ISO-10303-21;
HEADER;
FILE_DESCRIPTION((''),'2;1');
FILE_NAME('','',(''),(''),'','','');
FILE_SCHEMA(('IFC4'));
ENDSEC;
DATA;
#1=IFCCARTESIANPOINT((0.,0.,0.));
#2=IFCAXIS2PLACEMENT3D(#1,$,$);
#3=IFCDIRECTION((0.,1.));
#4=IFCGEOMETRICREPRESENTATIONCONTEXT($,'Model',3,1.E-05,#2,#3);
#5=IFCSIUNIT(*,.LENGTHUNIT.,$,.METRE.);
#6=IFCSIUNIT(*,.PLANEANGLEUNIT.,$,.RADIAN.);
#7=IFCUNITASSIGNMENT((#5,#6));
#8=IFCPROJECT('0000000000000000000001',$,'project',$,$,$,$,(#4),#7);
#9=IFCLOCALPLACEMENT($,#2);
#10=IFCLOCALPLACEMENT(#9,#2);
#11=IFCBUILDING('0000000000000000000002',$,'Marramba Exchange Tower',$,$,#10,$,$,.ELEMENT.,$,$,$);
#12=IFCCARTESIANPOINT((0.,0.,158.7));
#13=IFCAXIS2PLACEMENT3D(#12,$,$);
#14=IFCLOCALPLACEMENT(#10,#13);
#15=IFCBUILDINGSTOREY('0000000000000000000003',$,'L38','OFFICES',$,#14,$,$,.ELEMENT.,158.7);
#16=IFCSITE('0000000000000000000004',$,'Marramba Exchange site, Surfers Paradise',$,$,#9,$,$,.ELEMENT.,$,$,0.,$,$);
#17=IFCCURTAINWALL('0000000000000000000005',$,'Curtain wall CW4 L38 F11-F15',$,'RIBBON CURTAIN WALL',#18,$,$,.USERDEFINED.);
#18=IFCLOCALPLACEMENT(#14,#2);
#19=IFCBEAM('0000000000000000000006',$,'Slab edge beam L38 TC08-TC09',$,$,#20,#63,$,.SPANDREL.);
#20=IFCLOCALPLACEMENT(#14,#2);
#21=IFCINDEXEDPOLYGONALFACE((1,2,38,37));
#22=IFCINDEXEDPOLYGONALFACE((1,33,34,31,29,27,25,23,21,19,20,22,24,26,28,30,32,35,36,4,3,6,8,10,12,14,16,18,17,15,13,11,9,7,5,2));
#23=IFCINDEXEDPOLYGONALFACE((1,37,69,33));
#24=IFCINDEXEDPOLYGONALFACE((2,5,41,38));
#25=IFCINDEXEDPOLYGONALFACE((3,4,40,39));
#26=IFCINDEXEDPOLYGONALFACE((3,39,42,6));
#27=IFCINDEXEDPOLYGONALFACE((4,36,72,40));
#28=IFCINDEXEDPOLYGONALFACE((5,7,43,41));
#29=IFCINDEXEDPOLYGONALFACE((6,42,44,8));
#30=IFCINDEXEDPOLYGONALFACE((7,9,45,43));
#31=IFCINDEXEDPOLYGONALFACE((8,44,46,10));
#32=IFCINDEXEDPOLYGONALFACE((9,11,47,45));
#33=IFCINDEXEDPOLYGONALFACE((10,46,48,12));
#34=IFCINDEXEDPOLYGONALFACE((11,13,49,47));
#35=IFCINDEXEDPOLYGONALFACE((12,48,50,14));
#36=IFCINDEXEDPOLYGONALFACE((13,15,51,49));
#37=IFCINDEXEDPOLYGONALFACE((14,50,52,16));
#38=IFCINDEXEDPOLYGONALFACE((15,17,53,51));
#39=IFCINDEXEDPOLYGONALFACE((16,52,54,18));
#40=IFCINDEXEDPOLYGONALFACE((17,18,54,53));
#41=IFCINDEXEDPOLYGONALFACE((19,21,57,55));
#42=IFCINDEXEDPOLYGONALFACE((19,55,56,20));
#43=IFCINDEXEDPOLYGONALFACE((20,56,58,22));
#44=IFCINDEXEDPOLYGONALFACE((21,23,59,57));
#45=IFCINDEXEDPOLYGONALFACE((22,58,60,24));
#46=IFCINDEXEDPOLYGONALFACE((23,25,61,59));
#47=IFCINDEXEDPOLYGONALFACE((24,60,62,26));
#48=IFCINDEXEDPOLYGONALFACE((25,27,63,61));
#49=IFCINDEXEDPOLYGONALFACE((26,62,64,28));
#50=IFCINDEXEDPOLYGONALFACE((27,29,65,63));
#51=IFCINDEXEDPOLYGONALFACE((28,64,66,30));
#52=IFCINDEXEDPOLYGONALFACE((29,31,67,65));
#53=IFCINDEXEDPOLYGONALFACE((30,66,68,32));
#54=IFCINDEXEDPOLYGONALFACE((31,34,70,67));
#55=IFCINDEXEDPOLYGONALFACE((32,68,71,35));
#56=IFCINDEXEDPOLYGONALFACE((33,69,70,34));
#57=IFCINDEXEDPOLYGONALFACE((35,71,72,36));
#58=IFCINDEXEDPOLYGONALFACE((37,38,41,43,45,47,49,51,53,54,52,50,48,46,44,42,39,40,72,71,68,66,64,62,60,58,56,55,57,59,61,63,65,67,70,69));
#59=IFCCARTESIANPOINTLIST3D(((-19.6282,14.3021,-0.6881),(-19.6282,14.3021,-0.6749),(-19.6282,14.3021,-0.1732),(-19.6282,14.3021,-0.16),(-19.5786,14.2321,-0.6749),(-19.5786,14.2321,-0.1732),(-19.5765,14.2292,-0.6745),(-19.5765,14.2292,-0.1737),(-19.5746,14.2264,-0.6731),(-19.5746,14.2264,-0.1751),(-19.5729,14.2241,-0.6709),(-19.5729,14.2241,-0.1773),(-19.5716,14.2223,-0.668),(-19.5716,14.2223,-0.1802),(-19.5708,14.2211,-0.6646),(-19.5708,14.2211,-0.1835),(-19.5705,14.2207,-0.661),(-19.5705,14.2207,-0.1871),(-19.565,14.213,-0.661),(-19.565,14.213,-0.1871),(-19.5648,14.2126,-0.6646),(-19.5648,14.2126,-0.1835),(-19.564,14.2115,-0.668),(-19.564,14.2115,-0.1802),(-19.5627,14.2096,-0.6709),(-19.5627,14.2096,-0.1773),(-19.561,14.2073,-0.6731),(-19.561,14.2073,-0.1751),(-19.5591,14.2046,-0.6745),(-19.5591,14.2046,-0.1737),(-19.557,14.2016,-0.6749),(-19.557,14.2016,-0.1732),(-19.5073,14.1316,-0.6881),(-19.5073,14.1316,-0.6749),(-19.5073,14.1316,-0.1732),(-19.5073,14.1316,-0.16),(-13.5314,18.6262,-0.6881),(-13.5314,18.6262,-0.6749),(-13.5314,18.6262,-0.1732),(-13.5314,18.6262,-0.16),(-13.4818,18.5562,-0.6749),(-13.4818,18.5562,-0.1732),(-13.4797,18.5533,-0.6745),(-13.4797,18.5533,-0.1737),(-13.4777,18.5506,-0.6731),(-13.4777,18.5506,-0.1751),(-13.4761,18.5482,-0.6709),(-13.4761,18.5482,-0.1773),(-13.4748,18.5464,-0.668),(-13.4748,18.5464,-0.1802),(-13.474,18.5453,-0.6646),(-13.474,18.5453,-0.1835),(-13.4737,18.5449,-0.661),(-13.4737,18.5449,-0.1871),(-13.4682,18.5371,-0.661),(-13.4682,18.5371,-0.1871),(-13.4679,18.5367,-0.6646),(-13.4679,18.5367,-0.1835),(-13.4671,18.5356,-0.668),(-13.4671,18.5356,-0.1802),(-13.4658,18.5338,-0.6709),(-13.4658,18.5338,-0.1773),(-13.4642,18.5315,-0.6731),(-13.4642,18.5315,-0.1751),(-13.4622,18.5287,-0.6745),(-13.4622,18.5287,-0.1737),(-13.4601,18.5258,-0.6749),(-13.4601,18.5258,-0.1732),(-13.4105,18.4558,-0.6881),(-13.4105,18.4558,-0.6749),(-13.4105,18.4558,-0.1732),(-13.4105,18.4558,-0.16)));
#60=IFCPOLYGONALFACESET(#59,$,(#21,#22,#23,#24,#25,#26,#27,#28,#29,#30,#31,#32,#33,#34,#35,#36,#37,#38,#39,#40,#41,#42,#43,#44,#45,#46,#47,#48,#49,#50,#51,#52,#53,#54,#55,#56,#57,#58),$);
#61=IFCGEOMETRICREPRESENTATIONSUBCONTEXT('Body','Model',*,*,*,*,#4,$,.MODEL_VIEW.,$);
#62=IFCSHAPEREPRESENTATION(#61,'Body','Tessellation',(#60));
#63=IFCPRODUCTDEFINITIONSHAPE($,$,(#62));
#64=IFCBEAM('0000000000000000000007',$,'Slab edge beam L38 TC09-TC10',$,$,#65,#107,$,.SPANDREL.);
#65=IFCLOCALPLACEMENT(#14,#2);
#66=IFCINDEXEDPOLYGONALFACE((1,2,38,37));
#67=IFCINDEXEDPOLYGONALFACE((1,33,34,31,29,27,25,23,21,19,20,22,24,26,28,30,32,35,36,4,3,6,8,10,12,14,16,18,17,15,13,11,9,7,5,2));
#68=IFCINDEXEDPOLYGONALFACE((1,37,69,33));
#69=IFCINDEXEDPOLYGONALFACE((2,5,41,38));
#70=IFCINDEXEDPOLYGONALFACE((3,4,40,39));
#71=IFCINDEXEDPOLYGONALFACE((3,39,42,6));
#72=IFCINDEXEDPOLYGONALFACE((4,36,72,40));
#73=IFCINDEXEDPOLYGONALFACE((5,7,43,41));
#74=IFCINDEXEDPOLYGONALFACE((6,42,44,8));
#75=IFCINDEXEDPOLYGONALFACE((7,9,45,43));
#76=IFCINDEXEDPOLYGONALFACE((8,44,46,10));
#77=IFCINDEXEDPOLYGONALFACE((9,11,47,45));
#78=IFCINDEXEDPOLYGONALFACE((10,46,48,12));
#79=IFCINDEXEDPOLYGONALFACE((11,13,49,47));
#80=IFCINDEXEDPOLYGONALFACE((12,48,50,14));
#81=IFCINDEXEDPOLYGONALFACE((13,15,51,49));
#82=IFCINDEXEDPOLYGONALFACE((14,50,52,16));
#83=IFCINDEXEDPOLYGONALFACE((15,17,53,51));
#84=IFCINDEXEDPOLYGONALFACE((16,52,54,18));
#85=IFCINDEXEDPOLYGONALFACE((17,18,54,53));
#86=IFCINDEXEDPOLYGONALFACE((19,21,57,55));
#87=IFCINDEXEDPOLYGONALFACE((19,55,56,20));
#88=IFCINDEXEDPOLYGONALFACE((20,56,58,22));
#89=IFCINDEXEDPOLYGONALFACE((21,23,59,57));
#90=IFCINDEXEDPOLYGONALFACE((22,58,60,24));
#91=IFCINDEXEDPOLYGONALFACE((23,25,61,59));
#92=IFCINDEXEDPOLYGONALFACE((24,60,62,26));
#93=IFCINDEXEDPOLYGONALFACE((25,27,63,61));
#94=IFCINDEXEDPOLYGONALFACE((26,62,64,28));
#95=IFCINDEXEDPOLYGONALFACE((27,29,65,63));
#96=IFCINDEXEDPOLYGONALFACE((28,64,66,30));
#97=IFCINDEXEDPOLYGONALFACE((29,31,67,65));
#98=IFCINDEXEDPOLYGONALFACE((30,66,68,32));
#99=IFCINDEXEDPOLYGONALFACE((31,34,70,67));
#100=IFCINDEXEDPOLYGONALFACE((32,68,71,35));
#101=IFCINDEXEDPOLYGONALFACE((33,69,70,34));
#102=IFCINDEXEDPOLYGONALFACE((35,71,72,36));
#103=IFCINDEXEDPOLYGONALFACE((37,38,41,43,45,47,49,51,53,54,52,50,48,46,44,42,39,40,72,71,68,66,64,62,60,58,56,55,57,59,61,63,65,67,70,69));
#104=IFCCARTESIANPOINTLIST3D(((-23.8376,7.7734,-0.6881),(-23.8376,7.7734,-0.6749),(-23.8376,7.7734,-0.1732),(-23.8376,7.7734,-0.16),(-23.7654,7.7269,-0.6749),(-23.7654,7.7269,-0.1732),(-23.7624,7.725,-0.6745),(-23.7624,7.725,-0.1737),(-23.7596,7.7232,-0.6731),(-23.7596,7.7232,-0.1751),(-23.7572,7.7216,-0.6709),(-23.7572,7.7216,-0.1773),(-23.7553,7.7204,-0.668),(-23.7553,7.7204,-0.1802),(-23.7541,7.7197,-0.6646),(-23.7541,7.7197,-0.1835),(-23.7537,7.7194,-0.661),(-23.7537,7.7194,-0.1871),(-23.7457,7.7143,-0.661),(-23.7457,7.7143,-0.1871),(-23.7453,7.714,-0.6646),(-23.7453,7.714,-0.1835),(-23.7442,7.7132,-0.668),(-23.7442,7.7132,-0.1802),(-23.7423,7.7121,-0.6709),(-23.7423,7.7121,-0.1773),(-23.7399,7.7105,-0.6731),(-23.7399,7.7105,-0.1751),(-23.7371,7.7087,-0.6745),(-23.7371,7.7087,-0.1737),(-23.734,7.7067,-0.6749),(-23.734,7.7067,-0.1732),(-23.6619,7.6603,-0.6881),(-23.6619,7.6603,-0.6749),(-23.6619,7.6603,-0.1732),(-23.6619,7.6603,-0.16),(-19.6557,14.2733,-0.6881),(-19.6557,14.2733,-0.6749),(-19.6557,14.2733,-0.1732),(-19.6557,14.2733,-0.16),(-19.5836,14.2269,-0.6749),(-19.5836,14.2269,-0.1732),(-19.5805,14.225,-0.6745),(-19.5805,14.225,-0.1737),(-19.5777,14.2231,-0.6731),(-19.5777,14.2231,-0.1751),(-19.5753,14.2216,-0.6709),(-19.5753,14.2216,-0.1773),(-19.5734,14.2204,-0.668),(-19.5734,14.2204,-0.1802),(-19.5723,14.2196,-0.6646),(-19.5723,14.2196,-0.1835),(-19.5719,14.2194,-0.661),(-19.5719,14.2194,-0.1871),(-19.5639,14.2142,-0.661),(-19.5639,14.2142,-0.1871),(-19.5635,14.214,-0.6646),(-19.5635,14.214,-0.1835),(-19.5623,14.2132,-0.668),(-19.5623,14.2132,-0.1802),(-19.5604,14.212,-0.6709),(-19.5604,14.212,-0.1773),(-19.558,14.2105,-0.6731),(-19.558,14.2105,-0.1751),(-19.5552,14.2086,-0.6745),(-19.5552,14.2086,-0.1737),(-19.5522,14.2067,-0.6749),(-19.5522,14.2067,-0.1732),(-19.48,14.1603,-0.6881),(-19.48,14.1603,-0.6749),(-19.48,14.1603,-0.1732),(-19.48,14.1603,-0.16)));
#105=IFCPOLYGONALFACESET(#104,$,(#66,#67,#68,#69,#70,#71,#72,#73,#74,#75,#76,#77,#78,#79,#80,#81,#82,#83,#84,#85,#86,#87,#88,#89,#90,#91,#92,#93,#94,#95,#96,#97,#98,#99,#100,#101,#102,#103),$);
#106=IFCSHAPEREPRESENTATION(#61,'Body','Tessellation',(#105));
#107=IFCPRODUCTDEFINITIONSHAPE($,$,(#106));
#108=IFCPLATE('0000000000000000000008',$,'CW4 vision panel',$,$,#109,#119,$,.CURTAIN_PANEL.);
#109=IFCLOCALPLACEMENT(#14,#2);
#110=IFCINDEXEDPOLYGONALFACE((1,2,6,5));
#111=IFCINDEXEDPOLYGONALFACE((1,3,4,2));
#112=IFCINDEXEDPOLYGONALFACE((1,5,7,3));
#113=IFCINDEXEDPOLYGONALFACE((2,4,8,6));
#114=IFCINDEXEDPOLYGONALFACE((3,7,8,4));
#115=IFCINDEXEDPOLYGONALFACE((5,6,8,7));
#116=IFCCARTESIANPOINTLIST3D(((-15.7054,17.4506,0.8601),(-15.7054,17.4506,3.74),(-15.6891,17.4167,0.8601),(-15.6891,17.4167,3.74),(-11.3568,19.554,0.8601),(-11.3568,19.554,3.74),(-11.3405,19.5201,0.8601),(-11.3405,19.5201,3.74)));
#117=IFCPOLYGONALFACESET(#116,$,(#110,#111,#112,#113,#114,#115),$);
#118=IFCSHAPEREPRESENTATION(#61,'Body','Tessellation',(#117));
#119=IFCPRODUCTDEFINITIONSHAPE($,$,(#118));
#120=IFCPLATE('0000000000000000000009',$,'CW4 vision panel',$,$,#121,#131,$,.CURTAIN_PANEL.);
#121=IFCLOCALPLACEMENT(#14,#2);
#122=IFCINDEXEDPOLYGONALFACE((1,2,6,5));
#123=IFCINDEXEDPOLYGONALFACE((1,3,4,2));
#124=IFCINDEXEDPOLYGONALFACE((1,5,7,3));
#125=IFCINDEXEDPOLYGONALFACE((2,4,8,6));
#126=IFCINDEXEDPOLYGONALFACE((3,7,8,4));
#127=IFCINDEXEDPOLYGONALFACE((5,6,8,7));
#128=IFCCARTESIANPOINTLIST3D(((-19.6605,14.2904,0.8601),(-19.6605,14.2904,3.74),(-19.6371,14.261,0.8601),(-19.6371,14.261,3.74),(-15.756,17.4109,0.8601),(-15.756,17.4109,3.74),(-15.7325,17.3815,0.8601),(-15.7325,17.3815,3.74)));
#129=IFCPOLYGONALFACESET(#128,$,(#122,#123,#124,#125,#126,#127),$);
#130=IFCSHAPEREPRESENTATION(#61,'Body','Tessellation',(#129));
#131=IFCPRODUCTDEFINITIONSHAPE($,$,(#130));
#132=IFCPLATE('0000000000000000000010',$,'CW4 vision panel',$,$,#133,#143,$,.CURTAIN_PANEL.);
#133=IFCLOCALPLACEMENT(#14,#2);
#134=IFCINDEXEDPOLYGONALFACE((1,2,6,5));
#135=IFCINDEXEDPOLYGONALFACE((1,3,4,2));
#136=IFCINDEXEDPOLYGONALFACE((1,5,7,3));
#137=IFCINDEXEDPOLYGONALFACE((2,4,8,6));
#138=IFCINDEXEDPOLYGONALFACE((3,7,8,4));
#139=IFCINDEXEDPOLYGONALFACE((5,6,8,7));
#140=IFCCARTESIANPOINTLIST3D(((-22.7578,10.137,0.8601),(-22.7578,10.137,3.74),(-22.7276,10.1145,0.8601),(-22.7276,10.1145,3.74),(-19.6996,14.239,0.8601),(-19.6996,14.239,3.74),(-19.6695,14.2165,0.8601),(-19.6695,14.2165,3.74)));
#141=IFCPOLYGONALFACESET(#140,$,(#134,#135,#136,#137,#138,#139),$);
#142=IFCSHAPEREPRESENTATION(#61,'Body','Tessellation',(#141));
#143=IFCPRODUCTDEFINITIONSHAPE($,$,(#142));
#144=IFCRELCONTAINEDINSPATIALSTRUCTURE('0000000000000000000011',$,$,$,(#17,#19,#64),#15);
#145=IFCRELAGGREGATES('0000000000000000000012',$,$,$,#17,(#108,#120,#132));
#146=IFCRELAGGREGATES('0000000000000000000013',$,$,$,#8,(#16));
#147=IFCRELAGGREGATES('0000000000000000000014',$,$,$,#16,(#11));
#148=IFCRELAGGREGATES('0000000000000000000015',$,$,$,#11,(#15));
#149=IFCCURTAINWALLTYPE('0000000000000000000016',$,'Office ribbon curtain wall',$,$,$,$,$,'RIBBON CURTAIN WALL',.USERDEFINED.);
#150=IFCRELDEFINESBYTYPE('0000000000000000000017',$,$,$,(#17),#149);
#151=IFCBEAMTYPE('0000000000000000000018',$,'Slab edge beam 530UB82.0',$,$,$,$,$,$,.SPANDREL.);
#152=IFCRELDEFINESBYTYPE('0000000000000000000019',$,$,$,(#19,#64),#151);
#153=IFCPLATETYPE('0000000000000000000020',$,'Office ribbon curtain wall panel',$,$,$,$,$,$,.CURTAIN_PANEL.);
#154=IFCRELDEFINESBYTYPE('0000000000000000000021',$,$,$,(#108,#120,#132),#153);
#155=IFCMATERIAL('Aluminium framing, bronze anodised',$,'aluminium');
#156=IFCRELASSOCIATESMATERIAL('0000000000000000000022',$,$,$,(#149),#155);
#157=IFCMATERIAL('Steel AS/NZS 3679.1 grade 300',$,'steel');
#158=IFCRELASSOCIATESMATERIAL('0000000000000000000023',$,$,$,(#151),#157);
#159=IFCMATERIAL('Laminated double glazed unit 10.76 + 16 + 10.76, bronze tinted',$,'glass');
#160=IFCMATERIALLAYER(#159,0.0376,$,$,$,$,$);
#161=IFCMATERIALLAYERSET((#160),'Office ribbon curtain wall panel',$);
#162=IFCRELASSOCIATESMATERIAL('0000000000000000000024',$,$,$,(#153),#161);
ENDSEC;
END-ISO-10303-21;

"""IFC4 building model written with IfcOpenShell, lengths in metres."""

from ifc_helpers import new_model, si_unit, direction, frame, origin, origin_2d, place, context, subcontext, project, spatial, rectangle, i_section, extrude, material, layer, layer_set, material_profile, profile_set, type_object, element, aggregate, save


model = new_model("IFC4")

# Units and contexts
model_context = context("Model", 3, precision=1e-05, world=origin(), true_north=direction((0.0, 1.0)))
body_context = subcontext(model_context, "Body", "Model", "MODEL_VIEW")
ifc_project = project(units=[si_unit("LENGTHUNIT", "METRE"), si_unit("PLANEANGLEUNIT", "RADIAN")], contexts=[model_context])

# Site, building, storey
site_placement = place(None, origin())
site = spatial("IfcSite", under=ifc_project, at=site_placement, Name="Marramba Exchange site, Surfers Paradise", CompositionType="ELEMENT", RefElevation=0.0)
building_placement = place(site_placement, origin())
building = spatial("IfcBuilding", under=site, at=building_placement, Name="Marramba Exchange Tower", CompositionType="ELEMENT")
storey_placement = place(building_placement, frame((0.0, 0.0, 158.7)))
storey = spatial("IfcBuildingStorey", under=building, at=storey_placement, Name="L38", Description="OFFICES", CompositionType="ELEMENT", Elevation=158.7)

# Shared definitions
ifc_material_1 = material(Name="Steel AS/NZS 3679.1 grade 300", Category="steel")

# Curtain wall
ifc_material_2 = material(Name="Aluminium framing, bronze anodised", Category="aluminium")
curtain_wall_type = type_object("IfcCurtainWallType", Name="Office ribbon curtain wall", ElementType="RIBBON CURTAIN WALL", PredefinedType="USERDEFINED", material=ifc_material_2)
curtain_wall_placement = place(storey_placement, origin())
curtain_wall = element("IfcCurtainWall", 1, at=curtain_wall_placement, inside=storey, type_object=curtain_wall_type, Name="Curtain wall CW4 L38 F11-F15", ObjectType="RIBBON CURTAIN WALL", PredefinedType="USERDEFINED")

# Beams
ifc_material_profile_1 = material_profile(ifc_material_1, i_section(OverallWidth=0.209, OverallDepth=0.5281, WebThickness=0.0095, FlangeThickness=0.0132, FilletRadius=0.0139, at=origin_2d()), Name="530UB82.0")
ifc_profile_set_1 = profile_set([ifc_material_profile_1], Name="Steel AS/NZS 3679.1 grade 300")
beam_type_1 = type_object("IfcBeamType", Name="Slab edge beam 530UB82.0", PredefinedType="SPANDREL", material=ifc_profile_set_1)
beam_1_placement = place(storey_placement, frame((-13.4709, 18.541, -0.4241), z_axis=(-0.815673, -0.578513, 0.0), x_axis=(0.578513, -0.815673, 0.0)))
element("IfcBeam", 2, at=beam_1_placement, inside=storey, type_object=beam_type_1, Name="Slab edge beam L38 TC08-TC09", PredefinedType="SPANDREL", context=body_context, shape_type="SweptSolid", body=[
    extrude(i_section(OverallWidth=0.209, OverallDepth=0.5281, WebThickness=0.0095, FlangeThickness=0.0132, FilletRadius=0.0139, at=origin_2d()), origin(), (0.0, 0.0, 1.0), 7.4746),
])
beam_2_placement = place(storey_placement, frame((-19.5679, 14.2168, -0.4241), z_axis=(-0.541061, -0.840983, 0.0), x_axis=(0.840983, -0.541061, 0.0)))
element("IfcBeam", 3, at=beam_2_placement, inside=storey, type_object=beam_type_1, Name="Slab edge beam L38 TC09-TC10", PredefinedType="SPANDREL", context=body_context, shape_type="SweptSolid", body=[
    extrude(i_section(OverallWidth=0.209, OverallDepth=0.5281, WebThickness=0.0095, FlangeThickness=0.0132, FilletRadius=0.0139, at=origin_2d()), origin(), (0.0, 0.0, 1.0), 7.729),
])

# Plates
ifc_material_3 = material(Name="Laminated double glazed unit 10.76 + 16 + 10.76, bronze tinted", Category="glass")
ifc_layer_1 = layer(ifc_material_3, 0.0376)
ifc_layer_set_1 = layer_set([ifc_layer_1], Name="Office ribbon curtain wall panel")
plate_type = type_object("IfcPlateType", Name="Office ribbon curtain wall panel", PredefinedType="CURTAIN_PANEL", material=ifc_layer_set_1)
plate_1_placement = place(storey_placement, frame((-13.5229, 18.4854, 0.8601), z_axis=(0.0, 0.0, 1.0), x_axis=(-0.900224, -0.435428, 0.0)))
plate_1 = element("IfcPlate", 4, at=plate_1_placement, type_object=plate_type, Name="CW4 vision panel", PredefinedType="CURTAIN_PANEL", context=body_context, shape_type="SweptSolid", body=[
    extrude(rectangle(XDim=4.8306, YDim=0.0376, at=origin_2d()), origin(), (0.0, 0.0, 1.0), 2.8799),
])
plate_2_placement = place(storey_placement, frame((-17.6965, 15.8359, 0.8601), z_axis=(0.0, 0.0, 1.0), x_axis=(-0.781178, -0.624308, 0.0)))
plate_2 = element("IfcPlate", 5, at=plate_2_placement, type_object=plate_type, Name="CW4 vision panel", PredefinedType="CURTAIN_PANEL", context=body_context, shape_type="SweptSolid", body=[
    extrude(rectangle(XDim=4.9983, YDim=0.0376, at=origin_2d()), origin(), (0.0, 0.0, 1.0), 2.8799),
])
plate_3_placement = place(storey_placement, frame((-21.2136, 12.1768, 0.8601), z_axis=(0.0, 0.0, 1.0), x_axis=(-0.597704, -0.801717, 0.0)))
plate_3 = element("IfcPlate", 6, at=plate_3_placement, type_object=plate_type, Name="CW4 vision panel", PredefinedType="CURTAIN_PANEL", context=body_context, shape_type="SweptSolid", body=[
    extrude(rectangle(XDim=5.1165, YDim=0.0376, at=origin_2d()), origin(), (0.0, 0.0, 1.0), 2.8799),
])
aggregate(curtain_wall, [plate_1, plate_2, plate_3])

save(model, "model.ifc")
